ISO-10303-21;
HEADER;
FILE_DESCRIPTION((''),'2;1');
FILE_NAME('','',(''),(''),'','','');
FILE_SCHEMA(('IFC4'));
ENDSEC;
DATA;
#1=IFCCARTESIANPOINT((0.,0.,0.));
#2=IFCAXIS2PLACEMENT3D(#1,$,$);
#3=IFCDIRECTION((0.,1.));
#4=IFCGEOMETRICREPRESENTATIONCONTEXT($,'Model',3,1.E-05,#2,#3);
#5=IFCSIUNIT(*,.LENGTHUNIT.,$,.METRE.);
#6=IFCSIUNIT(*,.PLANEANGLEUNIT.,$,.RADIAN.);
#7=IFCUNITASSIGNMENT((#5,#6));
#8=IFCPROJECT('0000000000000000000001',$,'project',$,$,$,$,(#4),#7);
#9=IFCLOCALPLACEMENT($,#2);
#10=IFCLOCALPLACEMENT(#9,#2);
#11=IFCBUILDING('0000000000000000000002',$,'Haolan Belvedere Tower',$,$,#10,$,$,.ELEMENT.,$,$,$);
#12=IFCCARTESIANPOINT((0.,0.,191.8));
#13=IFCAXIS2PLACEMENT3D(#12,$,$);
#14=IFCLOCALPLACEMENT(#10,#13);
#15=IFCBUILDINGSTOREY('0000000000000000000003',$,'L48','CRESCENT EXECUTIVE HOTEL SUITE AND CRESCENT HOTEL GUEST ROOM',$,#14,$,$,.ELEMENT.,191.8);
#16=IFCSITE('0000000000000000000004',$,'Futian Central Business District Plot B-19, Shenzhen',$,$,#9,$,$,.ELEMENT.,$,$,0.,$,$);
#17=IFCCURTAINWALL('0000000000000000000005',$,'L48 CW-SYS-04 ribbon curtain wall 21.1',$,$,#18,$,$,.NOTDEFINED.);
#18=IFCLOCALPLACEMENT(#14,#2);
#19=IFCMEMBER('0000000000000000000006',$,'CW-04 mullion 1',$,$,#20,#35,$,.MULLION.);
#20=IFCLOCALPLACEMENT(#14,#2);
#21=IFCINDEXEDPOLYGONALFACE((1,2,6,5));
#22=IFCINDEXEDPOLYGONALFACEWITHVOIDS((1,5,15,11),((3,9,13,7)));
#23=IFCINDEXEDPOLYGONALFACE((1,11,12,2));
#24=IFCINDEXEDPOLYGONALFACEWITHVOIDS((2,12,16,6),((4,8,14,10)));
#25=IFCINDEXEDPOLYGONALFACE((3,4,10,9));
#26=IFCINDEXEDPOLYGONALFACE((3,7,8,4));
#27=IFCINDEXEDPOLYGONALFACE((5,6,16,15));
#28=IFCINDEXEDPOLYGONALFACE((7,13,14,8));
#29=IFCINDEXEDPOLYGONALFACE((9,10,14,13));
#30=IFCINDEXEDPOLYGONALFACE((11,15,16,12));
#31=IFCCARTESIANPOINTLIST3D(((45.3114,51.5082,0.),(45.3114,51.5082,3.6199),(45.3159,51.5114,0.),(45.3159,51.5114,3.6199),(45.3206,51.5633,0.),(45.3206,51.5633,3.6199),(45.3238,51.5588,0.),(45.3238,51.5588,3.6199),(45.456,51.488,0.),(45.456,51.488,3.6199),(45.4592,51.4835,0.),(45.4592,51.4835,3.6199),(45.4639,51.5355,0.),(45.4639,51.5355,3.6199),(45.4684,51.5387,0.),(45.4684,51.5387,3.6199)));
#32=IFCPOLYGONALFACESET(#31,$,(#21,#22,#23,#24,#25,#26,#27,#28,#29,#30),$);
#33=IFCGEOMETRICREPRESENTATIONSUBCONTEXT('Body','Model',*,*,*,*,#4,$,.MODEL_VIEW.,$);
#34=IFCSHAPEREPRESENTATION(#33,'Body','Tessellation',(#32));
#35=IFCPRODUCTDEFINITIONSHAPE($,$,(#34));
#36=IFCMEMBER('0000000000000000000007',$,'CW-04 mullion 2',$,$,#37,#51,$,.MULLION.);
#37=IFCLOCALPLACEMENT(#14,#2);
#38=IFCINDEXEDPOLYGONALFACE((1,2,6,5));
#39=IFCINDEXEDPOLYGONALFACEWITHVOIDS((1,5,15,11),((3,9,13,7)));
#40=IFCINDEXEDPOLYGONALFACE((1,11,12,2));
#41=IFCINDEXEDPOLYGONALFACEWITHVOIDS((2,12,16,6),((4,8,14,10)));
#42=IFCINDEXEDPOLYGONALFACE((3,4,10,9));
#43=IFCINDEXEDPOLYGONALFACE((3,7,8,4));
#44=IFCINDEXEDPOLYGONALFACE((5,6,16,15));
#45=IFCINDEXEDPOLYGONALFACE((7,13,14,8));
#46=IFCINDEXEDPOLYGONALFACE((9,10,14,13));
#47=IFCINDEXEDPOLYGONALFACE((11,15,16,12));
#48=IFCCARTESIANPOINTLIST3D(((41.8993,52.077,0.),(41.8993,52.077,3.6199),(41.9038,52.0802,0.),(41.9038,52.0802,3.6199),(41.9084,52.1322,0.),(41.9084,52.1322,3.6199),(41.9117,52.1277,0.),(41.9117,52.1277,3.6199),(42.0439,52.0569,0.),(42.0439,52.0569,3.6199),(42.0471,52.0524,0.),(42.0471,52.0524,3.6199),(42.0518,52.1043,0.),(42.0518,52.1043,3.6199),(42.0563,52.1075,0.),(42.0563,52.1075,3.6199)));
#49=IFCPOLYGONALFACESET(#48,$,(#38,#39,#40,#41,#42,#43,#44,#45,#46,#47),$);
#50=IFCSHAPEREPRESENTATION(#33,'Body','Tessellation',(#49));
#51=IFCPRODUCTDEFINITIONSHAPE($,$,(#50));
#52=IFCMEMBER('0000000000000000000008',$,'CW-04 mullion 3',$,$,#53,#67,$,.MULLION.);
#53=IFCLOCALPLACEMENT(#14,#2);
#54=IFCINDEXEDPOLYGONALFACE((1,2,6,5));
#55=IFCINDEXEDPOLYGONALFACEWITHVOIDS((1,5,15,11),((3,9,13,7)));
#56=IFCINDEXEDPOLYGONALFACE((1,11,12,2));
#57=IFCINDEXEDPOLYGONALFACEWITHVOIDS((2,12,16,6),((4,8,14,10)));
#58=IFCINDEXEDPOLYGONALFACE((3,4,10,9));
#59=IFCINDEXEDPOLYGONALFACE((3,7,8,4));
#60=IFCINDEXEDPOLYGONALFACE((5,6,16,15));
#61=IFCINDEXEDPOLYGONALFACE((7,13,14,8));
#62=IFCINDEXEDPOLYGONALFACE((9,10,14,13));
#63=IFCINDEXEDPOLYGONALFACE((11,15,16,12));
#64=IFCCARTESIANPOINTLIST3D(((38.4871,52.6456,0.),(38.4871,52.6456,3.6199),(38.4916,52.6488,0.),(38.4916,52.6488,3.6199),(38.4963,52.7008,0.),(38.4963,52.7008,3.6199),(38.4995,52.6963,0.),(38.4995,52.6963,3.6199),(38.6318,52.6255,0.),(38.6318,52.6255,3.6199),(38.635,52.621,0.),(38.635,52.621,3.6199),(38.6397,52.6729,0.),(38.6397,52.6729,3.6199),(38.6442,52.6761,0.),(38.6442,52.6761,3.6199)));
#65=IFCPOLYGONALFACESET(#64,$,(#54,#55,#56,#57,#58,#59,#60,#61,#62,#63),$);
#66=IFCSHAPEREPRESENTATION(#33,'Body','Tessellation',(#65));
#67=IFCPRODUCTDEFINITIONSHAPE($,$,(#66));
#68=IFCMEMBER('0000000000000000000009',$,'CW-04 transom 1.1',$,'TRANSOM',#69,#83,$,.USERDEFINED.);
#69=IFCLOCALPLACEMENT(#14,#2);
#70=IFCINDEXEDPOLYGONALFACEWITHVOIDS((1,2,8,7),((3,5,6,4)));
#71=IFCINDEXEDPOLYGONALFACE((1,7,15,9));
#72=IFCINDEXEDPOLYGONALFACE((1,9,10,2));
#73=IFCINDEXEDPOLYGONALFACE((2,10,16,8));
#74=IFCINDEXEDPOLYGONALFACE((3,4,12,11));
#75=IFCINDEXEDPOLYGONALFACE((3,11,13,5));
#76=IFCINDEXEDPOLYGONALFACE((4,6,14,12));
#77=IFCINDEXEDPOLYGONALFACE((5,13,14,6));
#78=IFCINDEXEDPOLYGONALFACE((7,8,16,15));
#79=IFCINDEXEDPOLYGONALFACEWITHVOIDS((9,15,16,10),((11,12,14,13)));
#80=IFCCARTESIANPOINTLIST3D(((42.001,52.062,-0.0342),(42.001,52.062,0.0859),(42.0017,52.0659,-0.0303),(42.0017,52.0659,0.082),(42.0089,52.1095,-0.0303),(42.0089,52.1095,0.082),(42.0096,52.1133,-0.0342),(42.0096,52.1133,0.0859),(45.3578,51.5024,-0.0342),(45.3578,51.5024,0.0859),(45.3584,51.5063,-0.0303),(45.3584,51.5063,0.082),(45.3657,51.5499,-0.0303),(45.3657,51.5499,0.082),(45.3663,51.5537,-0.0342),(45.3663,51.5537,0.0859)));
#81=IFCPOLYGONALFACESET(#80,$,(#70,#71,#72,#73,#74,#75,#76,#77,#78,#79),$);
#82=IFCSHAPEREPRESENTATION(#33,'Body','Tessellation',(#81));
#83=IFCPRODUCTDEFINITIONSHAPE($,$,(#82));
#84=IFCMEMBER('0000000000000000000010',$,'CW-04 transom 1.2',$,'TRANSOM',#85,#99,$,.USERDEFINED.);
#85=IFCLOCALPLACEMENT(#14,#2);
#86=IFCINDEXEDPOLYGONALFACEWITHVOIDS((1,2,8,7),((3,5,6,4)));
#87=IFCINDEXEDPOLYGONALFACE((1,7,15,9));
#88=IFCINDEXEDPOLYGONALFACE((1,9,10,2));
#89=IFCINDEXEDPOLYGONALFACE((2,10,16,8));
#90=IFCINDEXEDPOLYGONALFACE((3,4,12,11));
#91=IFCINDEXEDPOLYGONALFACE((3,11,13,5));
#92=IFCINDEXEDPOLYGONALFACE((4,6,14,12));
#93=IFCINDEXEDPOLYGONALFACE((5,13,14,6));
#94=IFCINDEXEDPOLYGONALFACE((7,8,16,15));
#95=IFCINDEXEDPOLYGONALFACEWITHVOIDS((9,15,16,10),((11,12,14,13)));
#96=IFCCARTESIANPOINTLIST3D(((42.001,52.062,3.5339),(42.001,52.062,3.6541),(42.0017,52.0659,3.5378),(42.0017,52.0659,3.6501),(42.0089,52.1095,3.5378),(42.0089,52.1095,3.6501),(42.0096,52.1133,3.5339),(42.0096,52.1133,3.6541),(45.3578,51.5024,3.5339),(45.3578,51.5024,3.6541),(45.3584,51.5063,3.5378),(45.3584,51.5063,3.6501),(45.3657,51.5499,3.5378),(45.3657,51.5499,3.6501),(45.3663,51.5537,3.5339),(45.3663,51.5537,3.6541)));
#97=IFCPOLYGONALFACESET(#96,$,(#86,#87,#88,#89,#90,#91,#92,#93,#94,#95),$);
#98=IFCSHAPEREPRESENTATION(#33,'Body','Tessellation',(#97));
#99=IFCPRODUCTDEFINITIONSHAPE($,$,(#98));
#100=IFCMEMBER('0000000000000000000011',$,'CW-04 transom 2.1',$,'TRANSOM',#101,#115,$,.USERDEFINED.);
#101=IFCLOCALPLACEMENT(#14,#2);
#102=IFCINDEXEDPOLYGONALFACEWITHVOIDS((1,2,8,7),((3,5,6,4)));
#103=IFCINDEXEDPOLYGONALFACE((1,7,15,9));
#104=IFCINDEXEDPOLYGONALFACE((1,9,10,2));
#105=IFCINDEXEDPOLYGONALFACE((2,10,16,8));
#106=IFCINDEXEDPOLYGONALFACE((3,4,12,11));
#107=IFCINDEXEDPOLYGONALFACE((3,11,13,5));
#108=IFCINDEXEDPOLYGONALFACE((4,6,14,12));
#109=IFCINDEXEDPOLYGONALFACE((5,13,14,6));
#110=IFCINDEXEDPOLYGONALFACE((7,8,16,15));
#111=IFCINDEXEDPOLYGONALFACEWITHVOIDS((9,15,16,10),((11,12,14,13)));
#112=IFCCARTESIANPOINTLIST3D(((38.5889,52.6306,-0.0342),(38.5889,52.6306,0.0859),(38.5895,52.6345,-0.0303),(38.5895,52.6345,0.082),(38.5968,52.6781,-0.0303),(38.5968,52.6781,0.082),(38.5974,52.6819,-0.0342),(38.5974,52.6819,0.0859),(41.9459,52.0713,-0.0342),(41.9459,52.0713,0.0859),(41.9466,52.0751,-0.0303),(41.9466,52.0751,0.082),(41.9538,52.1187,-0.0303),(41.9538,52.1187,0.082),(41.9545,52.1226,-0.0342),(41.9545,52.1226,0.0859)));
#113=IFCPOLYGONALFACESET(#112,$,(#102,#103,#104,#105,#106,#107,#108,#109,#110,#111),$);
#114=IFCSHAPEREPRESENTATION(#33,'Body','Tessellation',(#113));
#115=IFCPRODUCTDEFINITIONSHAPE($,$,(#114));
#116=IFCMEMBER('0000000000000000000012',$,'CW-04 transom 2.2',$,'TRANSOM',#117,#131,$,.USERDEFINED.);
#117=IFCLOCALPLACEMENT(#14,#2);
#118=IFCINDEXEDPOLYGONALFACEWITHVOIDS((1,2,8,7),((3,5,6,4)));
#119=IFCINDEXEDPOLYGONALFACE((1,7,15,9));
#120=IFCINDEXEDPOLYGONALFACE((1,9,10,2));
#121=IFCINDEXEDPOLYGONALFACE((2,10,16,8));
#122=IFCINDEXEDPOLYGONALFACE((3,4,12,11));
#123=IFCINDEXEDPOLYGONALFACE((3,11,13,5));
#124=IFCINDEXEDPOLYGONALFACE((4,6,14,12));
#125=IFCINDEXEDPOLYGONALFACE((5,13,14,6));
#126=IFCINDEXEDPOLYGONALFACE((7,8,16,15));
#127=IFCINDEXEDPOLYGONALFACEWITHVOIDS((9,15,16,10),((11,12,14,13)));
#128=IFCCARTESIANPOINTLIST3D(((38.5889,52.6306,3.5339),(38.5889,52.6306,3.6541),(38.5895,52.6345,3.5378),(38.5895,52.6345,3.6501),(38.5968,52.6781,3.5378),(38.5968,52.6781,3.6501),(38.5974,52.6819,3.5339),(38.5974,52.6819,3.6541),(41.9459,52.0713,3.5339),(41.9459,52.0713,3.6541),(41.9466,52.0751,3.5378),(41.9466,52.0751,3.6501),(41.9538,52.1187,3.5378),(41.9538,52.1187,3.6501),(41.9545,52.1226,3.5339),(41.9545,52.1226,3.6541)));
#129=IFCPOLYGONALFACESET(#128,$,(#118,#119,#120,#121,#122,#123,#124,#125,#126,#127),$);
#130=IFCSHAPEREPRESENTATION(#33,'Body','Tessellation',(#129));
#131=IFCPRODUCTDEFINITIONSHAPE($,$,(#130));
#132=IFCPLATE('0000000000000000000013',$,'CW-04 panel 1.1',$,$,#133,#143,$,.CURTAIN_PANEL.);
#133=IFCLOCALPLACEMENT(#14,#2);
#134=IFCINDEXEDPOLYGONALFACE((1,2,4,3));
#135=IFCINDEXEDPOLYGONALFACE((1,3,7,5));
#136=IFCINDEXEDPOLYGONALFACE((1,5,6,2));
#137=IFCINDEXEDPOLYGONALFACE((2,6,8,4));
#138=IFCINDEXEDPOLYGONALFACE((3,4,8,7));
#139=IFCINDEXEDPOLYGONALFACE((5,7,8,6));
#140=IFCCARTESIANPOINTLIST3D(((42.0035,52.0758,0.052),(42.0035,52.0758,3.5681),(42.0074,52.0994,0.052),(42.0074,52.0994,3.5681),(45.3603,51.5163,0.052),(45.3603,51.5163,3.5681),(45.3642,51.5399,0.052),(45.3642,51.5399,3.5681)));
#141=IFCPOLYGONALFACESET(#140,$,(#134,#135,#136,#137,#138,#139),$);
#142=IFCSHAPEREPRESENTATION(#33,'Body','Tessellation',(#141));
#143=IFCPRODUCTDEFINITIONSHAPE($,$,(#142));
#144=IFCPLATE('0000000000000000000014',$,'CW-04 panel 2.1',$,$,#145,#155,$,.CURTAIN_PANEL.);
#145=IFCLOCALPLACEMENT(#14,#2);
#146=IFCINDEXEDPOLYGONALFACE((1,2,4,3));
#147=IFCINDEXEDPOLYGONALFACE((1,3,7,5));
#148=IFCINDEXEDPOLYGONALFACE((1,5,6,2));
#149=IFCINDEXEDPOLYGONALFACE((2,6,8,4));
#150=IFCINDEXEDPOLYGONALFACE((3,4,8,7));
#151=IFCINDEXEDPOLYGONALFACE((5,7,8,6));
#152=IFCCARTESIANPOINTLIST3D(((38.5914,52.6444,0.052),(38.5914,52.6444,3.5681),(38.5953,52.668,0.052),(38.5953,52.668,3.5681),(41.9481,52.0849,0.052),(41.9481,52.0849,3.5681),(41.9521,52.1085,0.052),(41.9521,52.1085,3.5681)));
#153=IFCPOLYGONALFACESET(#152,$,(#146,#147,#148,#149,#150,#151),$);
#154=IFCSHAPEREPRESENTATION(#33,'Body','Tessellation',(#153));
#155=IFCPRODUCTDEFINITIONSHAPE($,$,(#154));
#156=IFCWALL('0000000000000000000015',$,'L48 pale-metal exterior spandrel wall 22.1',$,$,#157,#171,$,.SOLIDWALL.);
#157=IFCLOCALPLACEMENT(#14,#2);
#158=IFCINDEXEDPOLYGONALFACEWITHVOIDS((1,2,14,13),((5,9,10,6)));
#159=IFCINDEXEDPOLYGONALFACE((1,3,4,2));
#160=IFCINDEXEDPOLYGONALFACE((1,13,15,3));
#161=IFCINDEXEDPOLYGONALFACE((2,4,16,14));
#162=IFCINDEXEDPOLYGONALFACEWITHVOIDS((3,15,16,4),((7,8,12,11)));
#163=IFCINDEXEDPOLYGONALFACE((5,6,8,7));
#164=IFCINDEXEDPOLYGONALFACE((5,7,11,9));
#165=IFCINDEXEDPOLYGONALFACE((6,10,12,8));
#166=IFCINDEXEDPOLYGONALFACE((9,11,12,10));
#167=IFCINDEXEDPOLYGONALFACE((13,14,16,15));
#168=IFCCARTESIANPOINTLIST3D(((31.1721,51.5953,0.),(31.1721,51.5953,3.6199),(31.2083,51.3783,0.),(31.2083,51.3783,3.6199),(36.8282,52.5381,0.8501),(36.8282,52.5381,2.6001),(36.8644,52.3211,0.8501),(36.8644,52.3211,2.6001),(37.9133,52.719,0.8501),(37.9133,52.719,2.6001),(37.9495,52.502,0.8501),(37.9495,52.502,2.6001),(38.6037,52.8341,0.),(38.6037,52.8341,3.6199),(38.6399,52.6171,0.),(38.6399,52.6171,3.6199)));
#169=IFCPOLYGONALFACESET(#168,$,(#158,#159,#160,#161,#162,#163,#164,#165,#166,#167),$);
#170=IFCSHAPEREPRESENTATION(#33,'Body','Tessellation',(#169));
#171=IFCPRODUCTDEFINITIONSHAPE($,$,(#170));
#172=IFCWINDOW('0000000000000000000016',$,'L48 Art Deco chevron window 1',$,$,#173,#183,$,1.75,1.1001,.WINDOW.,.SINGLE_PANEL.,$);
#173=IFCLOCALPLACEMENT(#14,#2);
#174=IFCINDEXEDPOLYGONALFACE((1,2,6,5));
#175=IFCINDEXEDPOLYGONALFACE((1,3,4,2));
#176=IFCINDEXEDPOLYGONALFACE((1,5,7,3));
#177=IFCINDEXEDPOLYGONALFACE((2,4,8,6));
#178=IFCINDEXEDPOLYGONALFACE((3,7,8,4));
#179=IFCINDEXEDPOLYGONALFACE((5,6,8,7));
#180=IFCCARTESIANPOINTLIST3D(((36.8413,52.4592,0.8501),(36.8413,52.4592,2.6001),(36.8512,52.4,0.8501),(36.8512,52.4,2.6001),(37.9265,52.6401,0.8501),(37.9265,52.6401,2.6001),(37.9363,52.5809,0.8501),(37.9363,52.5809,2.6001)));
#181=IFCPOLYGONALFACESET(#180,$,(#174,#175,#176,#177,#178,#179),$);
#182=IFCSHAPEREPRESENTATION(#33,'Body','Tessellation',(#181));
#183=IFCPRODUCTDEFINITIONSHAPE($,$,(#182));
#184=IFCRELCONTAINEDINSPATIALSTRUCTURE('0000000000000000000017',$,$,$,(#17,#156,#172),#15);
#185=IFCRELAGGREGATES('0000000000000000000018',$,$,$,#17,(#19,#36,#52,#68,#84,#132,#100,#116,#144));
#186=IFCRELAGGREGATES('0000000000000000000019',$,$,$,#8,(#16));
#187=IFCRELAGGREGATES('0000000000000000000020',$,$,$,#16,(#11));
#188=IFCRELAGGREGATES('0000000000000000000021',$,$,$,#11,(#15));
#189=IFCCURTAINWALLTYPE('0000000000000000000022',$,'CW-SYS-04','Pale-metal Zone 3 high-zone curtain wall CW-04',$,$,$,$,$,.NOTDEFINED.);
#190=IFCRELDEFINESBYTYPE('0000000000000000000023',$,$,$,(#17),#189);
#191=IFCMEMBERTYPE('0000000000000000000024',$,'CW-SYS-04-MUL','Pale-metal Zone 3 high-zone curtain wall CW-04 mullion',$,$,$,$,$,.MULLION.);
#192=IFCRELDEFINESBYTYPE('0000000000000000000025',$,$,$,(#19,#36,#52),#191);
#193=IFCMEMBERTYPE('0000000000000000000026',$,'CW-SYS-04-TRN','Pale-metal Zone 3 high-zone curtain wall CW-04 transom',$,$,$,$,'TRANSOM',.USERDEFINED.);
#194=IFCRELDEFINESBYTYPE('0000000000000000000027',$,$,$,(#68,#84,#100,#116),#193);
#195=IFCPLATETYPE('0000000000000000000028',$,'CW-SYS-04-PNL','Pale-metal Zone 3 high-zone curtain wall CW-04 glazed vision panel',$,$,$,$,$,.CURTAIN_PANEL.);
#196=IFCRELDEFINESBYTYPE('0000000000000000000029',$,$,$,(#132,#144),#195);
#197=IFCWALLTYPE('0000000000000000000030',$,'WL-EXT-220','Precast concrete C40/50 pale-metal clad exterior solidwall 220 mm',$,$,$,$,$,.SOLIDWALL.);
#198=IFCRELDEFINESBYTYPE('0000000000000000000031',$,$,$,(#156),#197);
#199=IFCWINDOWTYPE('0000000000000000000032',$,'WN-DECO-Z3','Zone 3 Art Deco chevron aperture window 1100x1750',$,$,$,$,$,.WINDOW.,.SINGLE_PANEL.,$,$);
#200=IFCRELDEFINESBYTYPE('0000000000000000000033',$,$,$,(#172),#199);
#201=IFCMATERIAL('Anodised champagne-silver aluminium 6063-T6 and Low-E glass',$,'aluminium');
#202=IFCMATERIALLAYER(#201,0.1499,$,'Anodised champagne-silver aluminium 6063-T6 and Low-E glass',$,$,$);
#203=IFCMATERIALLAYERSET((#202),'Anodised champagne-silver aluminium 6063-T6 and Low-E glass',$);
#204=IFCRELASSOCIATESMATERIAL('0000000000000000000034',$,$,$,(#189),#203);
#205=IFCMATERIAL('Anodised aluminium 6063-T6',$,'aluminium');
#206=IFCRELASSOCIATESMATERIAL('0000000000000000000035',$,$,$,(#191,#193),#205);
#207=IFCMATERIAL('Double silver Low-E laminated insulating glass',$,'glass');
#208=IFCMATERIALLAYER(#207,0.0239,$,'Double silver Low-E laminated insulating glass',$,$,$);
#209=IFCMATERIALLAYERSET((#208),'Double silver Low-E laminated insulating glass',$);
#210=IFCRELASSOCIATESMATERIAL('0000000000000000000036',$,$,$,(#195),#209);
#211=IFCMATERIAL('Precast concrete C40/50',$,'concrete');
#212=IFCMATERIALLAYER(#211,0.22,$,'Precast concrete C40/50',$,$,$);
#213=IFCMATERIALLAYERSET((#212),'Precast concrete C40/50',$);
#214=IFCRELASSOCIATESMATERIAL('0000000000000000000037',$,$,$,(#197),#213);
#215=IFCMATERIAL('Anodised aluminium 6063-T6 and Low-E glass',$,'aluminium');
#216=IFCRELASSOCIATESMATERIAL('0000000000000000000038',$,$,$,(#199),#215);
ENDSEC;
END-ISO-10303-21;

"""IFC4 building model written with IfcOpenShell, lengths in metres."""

from ifc_helpers import new_model, si_unit, direction, frame, frame_2d, origin, origin_2d, place, context, subcontext, project, spatial, rectangle, hollow_rectangle, extrude, material, layer, layer_set, material_profile, profile_set, type_object, element, fill, aggregate, save


model = new_model("IFC4")

# Units and contexts
model_context = context("Model", 3, precision=1e-05, world=origin(), true_north=direction((0.0, 1.0)))
body_context = subcontext(model_context, "Body", "Model", "MODEL_VIEW")
ifc_project = project(units=[si_unit("LENGTHUNIT", "METRE"), si_unit("PLANEANGLEUNIT", "RADIAN")], contexts=[model_context])

# Site, building, storey
site_placement = place(None, origin())
site = spatial("IfcSite", under=ifc_project, at=site_placement, Name="Futian Central Business District Plot B-19, Shenzhen", CompositionType="ELEMENT", RefElevation=0.0)
building_placement = place(site_placement, origin())
building = spatial("IfcBuilding", under=site, at=building_placement, Name="Haolan Belvedere Tower", CompositionType="ELEMENT")
storey_placement = place(building_placement, frame((0.0, 0.0, 191.8)))
storey = spatial("IfcBuildingStorey", under=building, at=storey_placement, Name="L48", Description="CRESCENT EXECUTIVE HOTEL SUITE AND CRESCENT HOTEL GUEST ROOM", CompositionType="ELEMENT", Elevation=191.8)

# Shared definitions
ifc_material_1 = material(Name="Anodised champagne-silver aluminium 6063-T6 and Low-E glass", Category="aluminium")
ifc_layer_1 = layer(ifc_material_1, 0.1499, Name="Anodised champagne-silver aluminium 6063-T6 and Low-E glass")
ifc_layer_set_1 = layer_set([ifc_layer_1], Name="Anodised champagne-silver aluminium 6063-T6 and Low-E glass")
curtain_wall_type = type_object("IfcCurtainWallType", Name="CW-SYS-04", Description="Pale-metal Zone 3 high-zone curtain wall CW-04", PredefinedType="NOTDEFINED", material=ifc_layer_set_1)
ifc_material_2 = material(Name="Anodised aluminium 6063-T6", Category="aluminium")
ifc_material_profile_1 = material_profile(ifc_material_2, hollow_rectangle(XDim=0.0559, YDim=0.1499, WallThickness=0.0039, at=origin_2d()), Name="Anodised aluminium 6063-T6")
ifc_profile_set_1 = profile_set([ifc_material_profile_1], Name="Anodised aluminium 6063-T6")
member_type_1 = type_object("IfcMemberType", Name="CW-SYS-04-MUL", Description="Pale-metal Zone 3 high-zone curtain wall CW-04 mullion", PredefinedType="MULLION", material=ifc_profile_set_1)

# Curtain wall, members, plates
curtain_wall_1_placement = place(storey_placement, origin())
curtain_wall_1 = element("IfcCurtainWall", 1, at=curtain_wall_1_placement, inside=storey, type_object=curtain_wall_type, Name="L48 CW-SYS-04 ribbon curtain wall 21.1", PredefinedType="NOTDEFINED")
member_1_placement = place(storey_placement, frame((45.3899, 51.5234, 0.0), z_axis=(0.0, 0.0, 1.0), x_axis=(-0.164406, -0.986393, 0.0)))
member_1 = element("IfcMember", 2, at=member_1_placement, type_object=member_type_1, Name="CW-04 mullion 1", PredefinedType="MULLION", context=body_context, shape_type="SweptSolid", body=[
    extrude(hollow_rectangle(XDim=0.0559, YDim=0.1499, WallThickness=0.0039, at=origin_2d()), origin(), (0.0, 0.0, 1.0), 3.6199),
])
member_2_placement = place(storey_placement, frame((41.9778, 52.0923, 0.0), z_axis=(0.0, 0.0, 1.0), x_axis=(-0.164406, -0.986393, 0.0)))
member_2 = element("IfcMember", 3, at=member_2_placement, type_object=member_type_1, Name="CW-04 mullion 2", PredefinedType="MULLION", context=body_context, shape_type="SweptSolid", body=[
    extrude(hollow_rectangle(XDim=0.0559, YDim=0.1499, WallThickness=0.0039, at=origin_2d()), origin(), (0.0, 0.0, 1.0), 3.6199),
])
member_3_placement = place(storey_placement, frame((38.5657, 52.6609, 0.0), z_axis=(0.0, 0.0, 1.0), x_axis=(-0.164406, -0.986393, 0.0)))
member_3 = element("IfcMember", 4, at=member_3_placement, type_object=member_type_1, Name="CW-04 mullion 3", PredefinedType="MULLION", context=body_context, shape_type="SweptSolid", body=[
    extrude(hollow_rectangle(XDim=0.0559, YDim=0.1499, WallThickness=0.0039, at=origin_2d()), origin(), (0.0, 0.0, 1.0), 3.6199),
])
ifc_material_profile_2 = material_profile(ifc_material_2, hollow_rectangle(XDim=0.052, YDim=0.1201, WallThickness=0.0039, at=origin_2d()), Name="Anodised aluminium 6063-T6")
ifc_profile_set_2 = profile_set([ifc_material_profile_2], Name="Anodised aluminium 6063-T6")
member_type_2 = type_object("IfcMemberType", Name="CW-SYS-04-TRN", Description="Pale-metal Zone 3 high-zone curtain wall CW-04 transom", ElementType="TRANSOM", PredefinedType="USERDEFINED", material=ifc_profile_set_2)
member_4_placement = place(storey_placement, frame((45.3621, 51.5281, 0.0259), z_axis=(-0.986388, 0.164434, 0.0), x_axis=(-0.164434, -0.986388, 0.0)))
member_4 = element("IfcMember", 5, at=member_4_placement, type_object=member_type_2, Name="CW-04 transom 1.1", ObjectType="TRANSOM", PredefinedType="USERDEFINED", context=body_context, shape_type="SweptSolid", body=[
    extrude(hollow_rectangle(XDim=0.052, YDim=0.1201, WallThickness=0.0039, at=origin_2d()), origin(), (0.0, 0.0, 1.0), 3.4031),
])
member_5_placement = place(storey_placement, frame((45.3621, 51.5281, 3.594), z_axis=(-0.986388, 0.164434, 0.0), x_axis=(-0.164434, -0.986388, 0.0)))
member_5 = element("IfcMember", 6, at=member_5_placement, type_object=member_type_2, Name="CW-04 transom 1.2", ObjectType="TRANSOM", PredefinedType="USERDEFINED", context=body_context, shape_type="SweptSolid", body=[
    extrude(hollow_rectangle(XDim=0.052, YDim=0.1201, WallThickness=0.0039, at=origin_2d()), origin(), (0.0, 0.0, 1.0), 3.4031),
])
member_6_placement = place(storey_placement, frame((41.9502, 52.0969, 0.0259), z_axis=(-0.986402, 0.164352, 0.0), x_axis=(-0.164352, -0.986402, 0.0)))
member_6 = element("IfcMember", 7, at=member_6_placement, type_object=member_type_2, Name="CW-04 transom 2.1", ObjectType="TRANSOM", PredefinedType="USERDEFINED", context=body_context, shape_type="SweptSolid", body=[
    extrude(hollow_rectangle(XDim=0.052, YDim=0.1201, WallThickness=0.0039, at=origin_2d()), origin(), (0.0, 0.0, 1.0), 3.4033),
])
member_7_placement = place(storey_placement, frame((41.9502, 52.0969, 3.594), z_axis=(-0.986402, 0.164352, 0.0), x_axis=(-0.164352, -0.986402, 0.0)))
member_7 = element("IfcMember", 8, at=member_7_placement, type_object=member_type_2, Name="CW-04 transom 2.2", ObjectType="TRANSOM", PredefinedType="USERDEFINED", context=body_context, shape_type="SweptSolid", body=[
    extrude(hollow_rectangle(XDim=0.052, YDim=0.1201, WallThickness=0.0039, at=origin_2d()), origin(), (0.0, 0.0, 1.0), 3.4033),
])
ifc_material_3 = material(Name="Double silver Low-E laminated insulating glass", Category="glass")
ifc_layer_2 = layer(ifc_material_3, 0.0239, Name="Double silver Low-E laminated insulating glass")
ifc_layer_set_2 = layer_set([ifc_layer_2], Name="Double silver Low-E laminated insulating glass")
plate_type = type_object("IfcPlateType", Name="CW-SYS-04-PNL", Description="Pale-metal Zone 3 high-zone curtain wall CW-04 glazed vision panel", PredefinedType="CURTAIN_PANEL", material=ifc_layer_set_2)
plate_1_placement = place(storey_placement, frame((43.6838, 51.8079, 0.052), z_axis=(0.0, 0.0, 1.0), x_axis=(-0.986393, 0.164406, 0.0)))
plate_1 = element("IfcPlate", 9, at=plate_1_placement, type_object=plate_type, Name="CW-04 panel 1.1", PredefinedType="CURTAIN_PANEL", context=body_context, shape_type="SweptSolid", body=[
    extrude(rectangle(XDim=3.4031, YDim=0.0239, at=origin_2d()), origin(), (0.0, 0.0, 1.0), 3.5161),
])
plate_2_placement = place(storey_placement, frame((40.2717, 52.3765, 0.052), z_axis=(0.0, 0.0, 1.0), x_axis=(-0.986393, 0.164406, 0.0)))
plate_2 = element("IfcPlate", 10, at=plate_2_placement, type_object=plate_type, Name="CW-04 panel 2.1", PredefinedType="CURTAIN_PANEL", context=body_context, shape_type="SweptSolid", body=[
    extrude(rectangle(XDim=3.4031, YDim=0.0239, at=origin_2d()), origin(), (0.0, 0.0, 1.0), 3.5161),
])
aggregate(curtain_wall_1, [member_1, member_2, member_3, member_4, member_5, plate_1, member_6, member_7, plate_2])

# Wall, opening, window
ifc_material_4 = material(Name="Precast concrete C40/50", Category="concrete")
ifc_layer_3 = layer(ifc_material_4, 0.22, Name="Precast concrete C40/50")
ifc_layer_set_3 = layer_set([ifc_layer_3], Name="Precast concrete C40/50")
wall_type_1 = type_object("IfcWallType", Name="WL-EXT-220", Description="Precast concrete C40/50 pale-metal clad exterior solidwall 220 mm", PredefinedType="SOLIDWALL", material=ifc_layer_set_3)
wall_1_placement = place(storey_placement, frame((38.6218, 52.7256, 0.0), z_axis=(0.0, 0.0, 1.0), x_axis=(-0.98639, -0.16442, 0.0)))
wall_1 = element("IfcWall", 11, at=wall_1_placement, inside=storey, type_object=wall_type_1, Name="L48 pale-metal exterior spandrel wall 22.1", PredefinedType="SOLIDWALL", context=body_context, shape_type="SweptSolid", body=[
    extrude(rectangle(XDim=7.5342, YDim=0.22, at=frame_2d((3.7671, 0.0))), origin(), (0.0, 0.0, 1.0), 3.6199),
])
opening_1_placement = place(wall_1_placement, frame((0.7, 0.0, 0.8501)))
opening_1 = element("IfcOpeningElement", 12, at=opening_1_placement, cuts=wall_1, PredefinedType="OPENING", context=body_context, shape_type="SweptSolid", body=[
    extrude(rectangle(XDim=1.1001, YDim=1.75, at=frame_2d((0.55, 0.875))), frame((0.0, 0.1199, 0.0), z_axis=(0.0, -1.0, 0.0), x_axis=(1.0, 0.0, 0.0)), (0.0, 0.0, 1.0), 0.24),
])
ifc_material_5 = material(Name="Anodised aluminium 6063-T6 and Low-E glass", Category="aluminium")
window_type = type_object("IfcWindowType", Name="WN-DECO-Z3", Description="Zone 3 Art Deco chevron aperture window 1100x1750", PartitioningType="SINGLE_PANEL", PredefinedType="WINDOW", material=ifc_material_5)
window_placement = place(opening_1_placement, origin())
window = element("IfcWindow", 13, at=window_placement, inside=storey, type_object=window_type, Name="L48 Art Deco chevron window 1", OverallHeight=1.75, OverallWidth=1.1001, PartitioningType="SINGLE_PANEL", PredefinedType="WINDOW", context=body_context, shape_type="SweptSolid", body=[
    extrude(rectangle(XDim=1.1001, YDim=1.75, at=frame_2d((0.55, 0.875))), frame((0.0, 0.03, 0.0), z_axis=(0.0, -1.0, 0.0), x_axis=(1.0, 0.0, 0.0)), (0.0, 0.0, 1.0), 0.0601),
])
fill(opening_1, window)

save(model, "model.ifc")
